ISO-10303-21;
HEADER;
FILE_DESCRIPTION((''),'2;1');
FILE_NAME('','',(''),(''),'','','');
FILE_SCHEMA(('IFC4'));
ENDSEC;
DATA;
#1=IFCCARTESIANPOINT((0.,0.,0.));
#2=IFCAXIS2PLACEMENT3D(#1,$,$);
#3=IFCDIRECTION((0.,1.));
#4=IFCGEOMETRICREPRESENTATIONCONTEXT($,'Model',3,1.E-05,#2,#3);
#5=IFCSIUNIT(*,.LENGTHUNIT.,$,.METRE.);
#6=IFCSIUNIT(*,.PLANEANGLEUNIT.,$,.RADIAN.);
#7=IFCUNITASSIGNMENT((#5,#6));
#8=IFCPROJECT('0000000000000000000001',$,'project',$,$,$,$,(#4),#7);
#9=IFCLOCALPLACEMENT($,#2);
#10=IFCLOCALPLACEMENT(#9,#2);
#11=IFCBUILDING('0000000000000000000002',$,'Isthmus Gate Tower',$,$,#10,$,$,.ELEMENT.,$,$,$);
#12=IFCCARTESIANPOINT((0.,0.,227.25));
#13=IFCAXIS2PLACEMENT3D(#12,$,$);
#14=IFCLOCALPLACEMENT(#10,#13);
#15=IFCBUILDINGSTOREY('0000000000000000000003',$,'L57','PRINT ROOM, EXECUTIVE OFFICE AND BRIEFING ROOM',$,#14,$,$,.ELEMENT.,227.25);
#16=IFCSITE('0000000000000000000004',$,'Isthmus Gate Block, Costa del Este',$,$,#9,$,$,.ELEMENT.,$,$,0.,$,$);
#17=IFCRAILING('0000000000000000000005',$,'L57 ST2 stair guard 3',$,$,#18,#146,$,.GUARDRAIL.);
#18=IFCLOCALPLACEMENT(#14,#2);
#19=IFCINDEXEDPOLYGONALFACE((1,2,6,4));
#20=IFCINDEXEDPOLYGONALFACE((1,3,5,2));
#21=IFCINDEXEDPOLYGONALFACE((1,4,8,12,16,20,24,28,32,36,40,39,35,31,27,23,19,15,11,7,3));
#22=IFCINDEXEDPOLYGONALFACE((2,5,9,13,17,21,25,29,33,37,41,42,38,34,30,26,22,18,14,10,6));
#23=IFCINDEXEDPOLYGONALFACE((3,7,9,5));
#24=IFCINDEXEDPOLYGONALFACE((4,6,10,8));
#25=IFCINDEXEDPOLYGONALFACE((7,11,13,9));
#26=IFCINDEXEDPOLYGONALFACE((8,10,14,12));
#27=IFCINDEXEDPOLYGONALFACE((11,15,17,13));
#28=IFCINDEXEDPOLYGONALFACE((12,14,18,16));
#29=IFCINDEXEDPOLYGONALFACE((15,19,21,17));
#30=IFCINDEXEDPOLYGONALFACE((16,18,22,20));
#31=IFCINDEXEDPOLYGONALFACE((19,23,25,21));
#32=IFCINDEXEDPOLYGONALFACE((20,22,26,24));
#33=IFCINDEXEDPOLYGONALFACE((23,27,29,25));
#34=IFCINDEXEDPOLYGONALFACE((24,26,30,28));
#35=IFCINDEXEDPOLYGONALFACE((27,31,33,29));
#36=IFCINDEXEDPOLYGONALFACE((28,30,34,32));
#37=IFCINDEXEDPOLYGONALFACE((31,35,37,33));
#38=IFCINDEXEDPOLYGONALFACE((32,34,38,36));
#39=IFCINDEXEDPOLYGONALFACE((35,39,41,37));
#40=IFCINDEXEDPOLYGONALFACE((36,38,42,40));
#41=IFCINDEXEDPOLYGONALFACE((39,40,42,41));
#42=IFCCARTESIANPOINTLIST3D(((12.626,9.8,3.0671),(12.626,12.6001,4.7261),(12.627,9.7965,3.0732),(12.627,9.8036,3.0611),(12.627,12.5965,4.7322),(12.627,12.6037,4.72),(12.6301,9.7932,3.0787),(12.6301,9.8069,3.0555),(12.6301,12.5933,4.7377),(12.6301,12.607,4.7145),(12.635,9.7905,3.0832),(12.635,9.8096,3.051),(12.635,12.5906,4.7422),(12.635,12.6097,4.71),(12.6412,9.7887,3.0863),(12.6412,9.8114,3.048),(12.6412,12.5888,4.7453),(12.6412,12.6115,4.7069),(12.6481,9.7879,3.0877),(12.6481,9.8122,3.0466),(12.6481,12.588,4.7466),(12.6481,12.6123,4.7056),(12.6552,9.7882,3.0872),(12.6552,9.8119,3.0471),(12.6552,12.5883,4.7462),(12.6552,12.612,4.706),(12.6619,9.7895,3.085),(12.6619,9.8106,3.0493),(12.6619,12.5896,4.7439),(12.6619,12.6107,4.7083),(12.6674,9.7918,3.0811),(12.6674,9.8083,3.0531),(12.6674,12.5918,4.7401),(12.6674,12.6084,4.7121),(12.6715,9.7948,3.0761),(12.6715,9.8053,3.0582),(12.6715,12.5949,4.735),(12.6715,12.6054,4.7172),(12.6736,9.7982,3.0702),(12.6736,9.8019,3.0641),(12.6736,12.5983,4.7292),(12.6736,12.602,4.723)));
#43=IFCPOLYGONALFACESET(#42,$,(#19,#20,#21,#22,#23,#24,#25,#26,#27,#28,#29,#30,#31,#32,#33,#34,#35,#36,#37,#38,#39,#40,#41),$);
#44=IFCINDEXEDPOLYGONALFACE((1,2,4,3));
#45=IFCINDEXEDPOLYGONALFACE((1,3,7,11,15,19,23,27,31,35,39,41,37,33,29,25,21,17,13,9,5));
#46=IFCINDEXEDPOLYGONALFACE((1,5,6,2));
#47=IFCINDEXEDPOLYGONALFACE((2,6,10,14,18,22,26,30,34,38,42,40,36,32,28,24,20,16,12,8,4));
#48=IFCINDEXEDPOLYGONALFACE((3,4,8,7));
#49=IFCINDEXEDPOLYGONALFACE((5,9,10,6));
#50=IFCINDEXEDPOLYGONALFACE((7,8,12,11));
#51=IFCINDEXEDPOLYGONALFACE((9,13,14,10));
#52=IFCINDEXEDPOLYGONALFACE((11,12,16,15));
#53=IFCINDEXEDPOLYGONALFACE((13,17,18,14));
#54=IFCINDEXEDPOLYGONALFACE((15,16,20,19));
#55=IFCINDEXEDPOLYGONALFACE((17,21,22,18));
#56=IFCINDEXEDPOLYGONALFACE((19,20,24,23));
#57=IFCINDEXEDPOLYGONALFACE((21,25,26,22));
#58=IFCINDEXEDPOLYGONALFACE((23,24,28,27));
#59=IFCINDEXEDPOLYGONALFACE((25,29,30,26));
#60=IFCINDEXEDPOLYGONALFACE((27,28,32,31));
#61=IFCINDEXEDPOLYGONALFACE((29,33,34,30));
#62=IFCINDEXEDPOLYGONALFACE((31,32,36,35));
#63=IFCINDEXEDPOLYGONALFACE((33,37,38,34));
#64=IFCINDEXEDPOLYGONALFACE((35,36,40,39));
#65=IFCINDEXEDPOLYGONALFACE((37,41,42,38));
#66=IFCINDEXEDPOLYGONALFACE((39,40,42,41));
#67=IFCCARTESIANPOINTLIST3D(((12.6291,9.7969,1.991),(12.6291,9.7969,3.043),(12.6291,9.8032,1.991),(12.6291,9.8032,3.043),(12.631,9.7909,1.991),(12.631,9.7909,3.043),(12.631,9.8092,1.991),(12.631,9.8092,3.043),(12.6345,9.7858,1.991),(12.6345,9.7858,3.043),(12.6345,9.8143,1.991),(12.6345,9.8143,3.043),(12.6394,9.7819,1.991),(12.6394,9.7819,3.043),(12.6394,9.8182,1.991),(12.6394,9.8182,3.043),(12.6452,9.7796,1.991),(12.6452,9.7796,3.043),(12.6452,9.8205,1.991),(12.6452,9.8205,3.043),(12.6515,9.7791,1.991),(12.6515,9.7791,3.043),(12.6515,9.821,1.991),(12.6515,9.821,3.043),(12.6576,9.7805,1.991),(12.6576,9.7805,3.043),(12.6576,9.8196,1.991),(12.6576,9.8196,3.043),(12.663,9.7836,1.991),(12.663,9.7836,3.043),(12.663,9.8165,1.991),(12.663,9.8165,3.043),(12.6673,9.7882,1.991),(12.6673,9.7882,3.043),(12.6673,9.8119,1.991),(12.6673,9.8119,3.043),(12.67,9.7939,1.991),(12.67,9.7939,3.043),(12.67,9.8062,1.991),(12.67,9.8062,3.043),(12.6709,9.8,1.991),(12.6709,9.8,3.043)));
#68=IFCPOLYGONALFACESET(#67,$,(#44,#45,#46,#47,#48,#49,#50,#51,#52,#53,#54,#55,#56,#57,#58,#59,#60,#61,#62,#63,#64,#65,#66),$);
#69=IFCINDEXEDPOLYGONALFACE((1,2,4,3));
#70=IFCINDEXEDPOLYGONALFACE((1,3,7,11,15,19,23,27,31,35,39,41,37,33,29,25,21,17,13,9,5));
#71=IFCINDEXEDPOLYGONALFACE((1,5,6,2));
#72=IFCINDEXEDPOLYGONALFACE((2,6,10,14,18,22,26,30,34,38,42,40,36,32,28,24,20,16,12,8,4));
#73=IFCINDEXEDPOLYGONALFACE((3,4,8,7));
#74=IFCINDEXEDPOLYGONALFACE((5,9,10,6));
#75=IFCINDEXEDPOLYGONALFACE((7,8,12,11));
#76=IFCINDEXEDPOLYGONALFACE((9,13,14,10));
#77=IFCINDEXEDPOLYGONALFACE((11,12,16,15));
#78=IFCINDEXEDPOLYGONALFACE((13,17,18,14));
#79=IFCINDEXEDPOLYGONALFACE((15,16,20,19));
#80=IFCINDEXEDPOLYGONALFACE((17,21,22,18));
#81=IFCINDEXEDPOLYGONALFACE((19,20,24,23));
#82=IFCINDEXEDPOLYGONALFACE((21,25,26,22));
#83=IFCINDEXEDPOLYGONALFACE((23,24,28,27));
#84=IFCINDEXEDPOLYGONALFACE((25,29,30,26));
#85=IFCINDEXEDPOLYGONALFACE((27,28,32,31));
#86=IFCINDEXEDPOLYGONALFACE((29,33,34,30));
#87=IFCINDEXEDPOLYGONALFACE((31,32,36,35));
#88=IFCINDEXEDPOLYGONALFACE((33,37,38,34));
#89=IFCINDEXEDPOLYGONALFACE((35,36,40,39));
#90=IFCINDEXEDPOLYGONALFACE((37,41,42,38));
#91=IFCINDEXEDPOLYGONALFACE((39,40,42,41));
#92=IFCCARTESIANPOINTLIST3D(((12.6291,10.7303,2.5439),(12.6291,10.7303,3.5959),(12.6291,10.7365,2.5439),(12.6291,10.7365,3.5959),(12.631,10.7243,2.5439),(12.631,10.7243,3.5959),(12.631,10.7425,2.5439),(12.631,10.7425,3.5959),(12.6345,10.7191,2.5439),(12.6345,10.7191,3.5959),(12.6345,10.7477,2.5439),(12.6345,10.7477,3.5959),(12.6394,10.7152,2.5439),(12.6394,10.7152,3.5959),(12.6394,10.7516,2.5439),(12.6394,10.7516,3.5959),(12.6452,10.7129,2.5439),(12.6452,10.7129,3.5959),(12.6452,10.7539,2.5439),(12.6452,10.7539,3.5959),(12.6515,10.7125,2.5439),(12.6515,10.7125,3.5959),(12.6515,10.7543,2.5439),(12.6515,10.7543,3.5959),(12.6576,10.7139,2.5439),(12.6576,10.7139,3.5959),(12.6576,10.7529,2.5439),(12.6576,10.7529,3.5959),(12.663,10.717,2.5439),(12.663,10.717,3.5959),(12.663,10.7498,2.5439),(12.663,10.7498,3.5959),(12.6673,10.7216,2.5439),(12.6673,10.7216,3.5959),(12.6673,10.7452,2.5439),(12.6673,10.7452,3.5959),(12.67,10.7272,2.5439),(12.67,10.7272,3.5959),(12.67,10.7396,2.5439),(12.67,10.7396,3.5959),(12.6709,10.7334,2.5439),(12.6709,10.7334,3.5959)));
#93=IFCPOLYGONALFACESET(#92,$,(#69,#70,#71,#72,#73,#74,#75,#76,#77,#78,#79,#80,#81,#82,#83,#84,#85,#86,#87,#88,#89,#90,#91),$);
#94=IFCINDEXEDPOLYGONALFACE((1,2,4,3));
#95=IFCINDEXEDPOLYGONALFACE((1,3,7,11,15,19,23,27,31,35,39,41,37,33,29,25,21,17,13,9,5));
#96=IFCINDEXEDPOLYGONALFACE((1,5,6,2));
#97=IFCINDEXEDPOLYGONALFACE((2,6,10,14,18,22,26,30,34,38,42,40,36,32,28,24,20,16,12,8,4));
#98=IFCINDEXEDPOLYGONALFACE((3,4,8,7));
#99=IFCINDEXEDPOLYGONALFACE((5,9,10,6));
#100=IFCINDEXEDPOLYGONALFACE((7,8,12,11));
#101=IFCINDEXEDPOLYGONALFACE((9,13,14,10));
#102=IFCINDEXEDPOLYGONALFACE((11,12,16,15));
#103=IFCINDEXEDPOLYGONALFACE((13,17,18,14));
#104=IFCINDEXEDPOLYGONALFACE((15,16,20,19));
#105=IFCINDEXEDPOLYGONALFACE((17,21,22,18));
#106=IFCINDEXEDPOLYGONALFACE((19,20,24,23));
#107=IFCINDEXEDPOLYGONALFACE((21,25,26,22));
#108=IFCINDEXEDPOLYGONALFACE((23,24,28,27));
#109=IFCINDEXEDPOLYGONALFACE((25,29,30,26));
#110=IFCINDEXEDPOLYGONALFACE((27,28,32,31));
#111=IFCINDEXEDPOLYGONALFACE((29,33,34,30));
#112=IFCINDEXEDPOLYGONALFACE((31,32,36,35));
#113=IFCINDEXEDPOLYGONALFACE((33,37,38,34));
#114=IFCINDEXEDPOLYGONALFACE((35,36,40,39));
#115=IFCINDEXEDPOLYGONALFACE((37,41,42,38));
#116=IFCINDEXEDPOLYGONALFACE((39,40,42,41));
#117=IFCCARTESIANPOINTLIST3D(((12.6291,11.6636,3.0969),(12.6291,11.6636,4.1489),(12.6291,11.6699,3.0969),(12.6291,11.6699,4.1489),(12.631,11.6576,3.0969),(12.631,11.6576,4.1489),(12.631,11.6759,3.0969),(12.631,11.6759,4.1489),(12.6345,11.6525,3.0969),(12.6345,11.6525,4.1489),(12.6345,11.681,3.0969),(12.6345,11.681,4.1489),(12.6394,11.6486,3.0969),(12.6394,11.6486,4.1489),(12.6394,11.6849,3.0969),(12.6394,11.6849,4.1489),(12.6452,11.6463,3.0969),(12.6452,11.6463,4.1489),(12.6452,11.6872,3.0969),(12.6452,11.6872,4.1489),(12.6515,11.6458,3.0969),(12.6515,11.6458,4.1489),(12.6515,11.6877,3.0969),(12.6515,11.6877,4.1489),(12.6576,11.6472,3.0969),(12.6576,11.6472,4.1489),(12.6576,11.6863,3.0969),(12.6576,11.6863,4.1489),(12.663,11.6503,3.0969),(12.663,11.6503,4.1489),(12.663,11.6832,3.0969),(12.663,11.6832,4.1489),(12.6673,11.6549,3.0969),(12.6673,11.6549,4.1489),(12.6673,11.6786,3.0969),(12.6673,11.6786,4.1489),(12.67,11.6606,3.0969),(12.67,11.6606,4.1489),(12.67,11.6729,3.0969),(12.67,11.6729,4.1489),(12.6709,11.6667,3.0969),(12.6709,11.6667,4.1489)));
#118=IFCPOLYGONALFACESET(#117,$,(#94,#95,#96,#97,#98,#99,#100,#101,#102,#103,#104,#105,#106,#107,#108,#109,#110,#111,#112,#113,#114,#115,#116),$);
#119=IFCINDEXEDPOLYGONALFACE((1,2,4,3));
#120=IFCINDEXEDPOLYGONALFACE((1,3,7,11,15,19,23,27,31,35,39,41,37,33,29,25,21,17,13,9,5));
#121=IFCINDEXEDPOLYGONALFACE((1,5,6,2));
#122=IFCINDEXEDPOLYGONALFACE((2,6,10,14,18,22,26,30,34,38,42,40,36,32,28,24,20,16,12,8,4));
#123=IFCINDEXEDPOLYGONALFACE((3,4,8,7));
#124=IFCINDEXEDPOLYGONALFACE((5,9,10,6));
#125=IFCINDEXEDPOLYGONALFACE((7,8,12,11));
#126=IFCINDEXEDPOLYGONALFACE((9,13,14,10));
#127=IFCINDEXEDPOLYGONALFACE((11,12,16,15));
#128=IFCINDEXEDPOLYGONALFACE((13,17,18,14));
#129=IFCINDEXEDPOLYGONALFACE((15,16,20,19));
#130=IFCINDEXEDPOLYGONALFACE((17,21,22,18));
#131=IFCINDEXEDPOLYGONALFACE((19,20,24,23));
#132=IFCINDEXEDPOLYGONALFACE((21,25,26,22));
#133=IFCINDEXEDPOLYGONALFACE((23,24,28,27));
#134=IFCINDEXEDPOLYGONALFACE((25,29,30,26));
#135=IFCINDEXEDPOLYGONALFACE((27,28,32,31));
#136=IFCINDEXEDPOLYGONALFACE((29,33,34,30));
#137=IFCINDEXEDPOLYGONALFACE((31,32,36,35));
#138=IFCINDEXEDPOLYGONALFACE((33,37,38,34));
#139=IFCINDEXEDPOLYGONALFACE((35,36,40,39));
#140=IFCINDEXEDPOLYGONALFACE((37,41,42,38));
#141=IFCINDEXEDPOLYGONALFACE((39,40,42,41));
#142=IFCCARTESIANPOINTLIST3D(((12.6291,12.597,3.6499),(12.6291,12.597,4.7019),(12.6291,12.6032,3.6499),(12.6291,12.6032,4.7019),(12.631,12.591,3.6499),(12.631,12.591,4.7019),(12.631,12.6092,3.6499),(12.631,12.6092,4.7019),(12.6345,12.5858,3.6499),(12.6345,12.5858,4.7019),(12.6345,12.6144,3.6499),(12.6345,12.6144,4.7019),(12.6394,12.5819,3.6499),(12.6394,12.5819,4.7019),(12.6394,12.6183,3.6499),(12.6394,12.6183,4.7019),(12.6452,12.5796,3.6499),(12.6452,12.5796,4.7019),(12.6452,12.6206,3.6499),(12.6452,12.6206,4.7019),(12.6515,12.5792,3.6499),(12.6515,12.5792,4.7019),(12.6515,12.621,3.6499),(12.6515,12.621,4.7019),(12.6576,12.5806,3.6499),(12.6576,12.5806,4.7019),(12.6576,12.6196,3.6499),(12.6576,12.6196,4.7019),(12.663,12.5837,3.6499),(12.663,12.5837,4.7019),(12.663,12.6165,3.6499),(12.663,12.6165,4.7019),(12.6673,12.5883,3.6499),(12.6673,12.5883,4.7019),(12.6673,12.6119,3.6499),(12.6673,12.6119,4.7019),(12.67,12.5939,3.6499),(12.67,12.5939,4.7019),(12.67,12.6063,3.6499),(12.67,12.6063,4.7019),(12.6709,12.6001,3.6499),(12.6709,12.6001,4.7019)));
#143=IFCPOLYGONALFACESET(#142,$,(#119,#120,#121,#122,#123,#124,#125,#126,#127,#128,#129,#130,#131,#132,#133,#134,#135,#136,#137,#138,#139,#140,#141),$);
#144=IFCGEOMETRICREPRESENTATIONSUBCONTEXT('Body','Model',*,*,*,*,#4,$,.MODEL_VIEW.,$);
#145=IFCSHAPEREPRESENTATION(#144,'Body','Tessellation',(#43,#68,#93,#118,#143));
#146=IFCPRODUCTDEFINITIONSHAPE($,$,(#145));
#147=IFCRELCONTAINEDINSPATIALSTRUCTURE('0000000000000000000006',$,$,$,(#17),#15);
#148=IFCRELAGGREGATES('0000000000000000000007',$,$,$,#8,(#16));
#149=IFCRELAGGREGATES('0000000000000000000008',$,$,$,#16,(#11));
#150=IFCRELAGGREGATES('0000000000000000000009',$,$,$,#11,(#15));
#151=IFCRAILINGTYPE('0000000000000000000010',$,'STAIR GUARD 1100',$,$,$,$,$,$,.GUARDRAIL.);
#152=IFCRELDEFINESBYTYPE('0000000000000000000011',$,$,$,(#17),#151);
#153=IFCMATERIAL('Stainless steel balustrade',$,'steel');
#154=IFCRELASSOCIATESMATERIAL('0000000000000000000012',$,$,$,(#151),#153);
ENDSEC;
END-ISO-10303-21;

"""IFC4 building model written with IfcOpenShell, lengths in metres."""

from ifc_helpers import new_model, si_unit, direction, frame, origin, origin_2d, place, context, subcontext, project, spatial, circle, extrude, material, type_object, element, save


model = new_model("IFC4")

# Units and contexts
model_context = context("Model", 3, precision=1e-05, world=origin(), true_north=direction((0.0, 1.0)))
body_context = subcontext(model_context, "Body", "Model", "MODEL_VIEW")
ifc_project = project(units=[si_unit("LENGTHUNIT", "METRE"), si_unit("PLANEANGLEUNIT", "RADIAN")], contexts=[model_context])

# Site, building, storey
site_placement = place(None, origin())
site = spatial("IfcSite", under=ifc_project, at=site_placement, Name="Isthmus Gate Block, Costa del Este", CompositionType="ELEMENT", RefElevation=0.0)
building_placement = place(site_placement, origin())
building = spatial("IfcBuilding", under=site, at=building_placement, Name="Isthmus Gate Tower", CompositionType="ELEMENT")
storey_placement = place(building_placement, frame((0.0, 0.0, 227.25)))
storey = spatial("IfcBuildingStorey", under=building, at=storey_placement, Name="L57", Description="PRINT ROOM, EXECUTIVE OFFICE AND BRIEFING ROOM", CompositionType="ELEMENT", Elevation=227.25)

# Railing
ifc_material_1 = material(Name="Stainless steel balustrade", Category="steel")
railing_type_1 = type_object("IfcRailingType", Name="STAIR GUARD 1100", PredefinedType="GUARDRAIL", material=ifc_material_1)
railing_1_placement = place(storey_placement, frame((12.6499, 9.8, 1.991)))
element("IfcRailing", 1, at=railing_1_placement, inside=storey, type_object=railing_type_1, Name="L57 ST2 stair guard 3", PredefinedType="GUARDRAIL", context=body_context, shape_type="SweptSolid", body=[
    extrude(circle(Radius=0.0239, at=origin_2d()), frame((0.0, 0.0, 1.0762), z_axis=(0.0, 0.860339, 0.509722), x_axis=(-1.0, 0.0, 0.0)), (0.0, 0.0, 1.0), 3.2546),
    extrude(circle(Radius=0.021, at=origin_2d()), origin(), (0.0, 0.0, 1.0), 1.052),
    extrude(circle(Radius=0.021, at=origin_2d()), frame((0.0, 0.9333, 0.553)), (0.0, 0.0, 1.0), 1.052),
    extrude(circle(Radius=0.021, at=origin_2d()), frame((0.0, 1.8667, 1.106)), (0.0, 0.0, 1.0), 1.052),
    extrude(circle(Radius=0.021, at=origin_2d()), frame((0.0, 2.8, 1.6589)), (0.0, 0.0, 1.0), 1.052),
])

save(model, "model.ifc")
